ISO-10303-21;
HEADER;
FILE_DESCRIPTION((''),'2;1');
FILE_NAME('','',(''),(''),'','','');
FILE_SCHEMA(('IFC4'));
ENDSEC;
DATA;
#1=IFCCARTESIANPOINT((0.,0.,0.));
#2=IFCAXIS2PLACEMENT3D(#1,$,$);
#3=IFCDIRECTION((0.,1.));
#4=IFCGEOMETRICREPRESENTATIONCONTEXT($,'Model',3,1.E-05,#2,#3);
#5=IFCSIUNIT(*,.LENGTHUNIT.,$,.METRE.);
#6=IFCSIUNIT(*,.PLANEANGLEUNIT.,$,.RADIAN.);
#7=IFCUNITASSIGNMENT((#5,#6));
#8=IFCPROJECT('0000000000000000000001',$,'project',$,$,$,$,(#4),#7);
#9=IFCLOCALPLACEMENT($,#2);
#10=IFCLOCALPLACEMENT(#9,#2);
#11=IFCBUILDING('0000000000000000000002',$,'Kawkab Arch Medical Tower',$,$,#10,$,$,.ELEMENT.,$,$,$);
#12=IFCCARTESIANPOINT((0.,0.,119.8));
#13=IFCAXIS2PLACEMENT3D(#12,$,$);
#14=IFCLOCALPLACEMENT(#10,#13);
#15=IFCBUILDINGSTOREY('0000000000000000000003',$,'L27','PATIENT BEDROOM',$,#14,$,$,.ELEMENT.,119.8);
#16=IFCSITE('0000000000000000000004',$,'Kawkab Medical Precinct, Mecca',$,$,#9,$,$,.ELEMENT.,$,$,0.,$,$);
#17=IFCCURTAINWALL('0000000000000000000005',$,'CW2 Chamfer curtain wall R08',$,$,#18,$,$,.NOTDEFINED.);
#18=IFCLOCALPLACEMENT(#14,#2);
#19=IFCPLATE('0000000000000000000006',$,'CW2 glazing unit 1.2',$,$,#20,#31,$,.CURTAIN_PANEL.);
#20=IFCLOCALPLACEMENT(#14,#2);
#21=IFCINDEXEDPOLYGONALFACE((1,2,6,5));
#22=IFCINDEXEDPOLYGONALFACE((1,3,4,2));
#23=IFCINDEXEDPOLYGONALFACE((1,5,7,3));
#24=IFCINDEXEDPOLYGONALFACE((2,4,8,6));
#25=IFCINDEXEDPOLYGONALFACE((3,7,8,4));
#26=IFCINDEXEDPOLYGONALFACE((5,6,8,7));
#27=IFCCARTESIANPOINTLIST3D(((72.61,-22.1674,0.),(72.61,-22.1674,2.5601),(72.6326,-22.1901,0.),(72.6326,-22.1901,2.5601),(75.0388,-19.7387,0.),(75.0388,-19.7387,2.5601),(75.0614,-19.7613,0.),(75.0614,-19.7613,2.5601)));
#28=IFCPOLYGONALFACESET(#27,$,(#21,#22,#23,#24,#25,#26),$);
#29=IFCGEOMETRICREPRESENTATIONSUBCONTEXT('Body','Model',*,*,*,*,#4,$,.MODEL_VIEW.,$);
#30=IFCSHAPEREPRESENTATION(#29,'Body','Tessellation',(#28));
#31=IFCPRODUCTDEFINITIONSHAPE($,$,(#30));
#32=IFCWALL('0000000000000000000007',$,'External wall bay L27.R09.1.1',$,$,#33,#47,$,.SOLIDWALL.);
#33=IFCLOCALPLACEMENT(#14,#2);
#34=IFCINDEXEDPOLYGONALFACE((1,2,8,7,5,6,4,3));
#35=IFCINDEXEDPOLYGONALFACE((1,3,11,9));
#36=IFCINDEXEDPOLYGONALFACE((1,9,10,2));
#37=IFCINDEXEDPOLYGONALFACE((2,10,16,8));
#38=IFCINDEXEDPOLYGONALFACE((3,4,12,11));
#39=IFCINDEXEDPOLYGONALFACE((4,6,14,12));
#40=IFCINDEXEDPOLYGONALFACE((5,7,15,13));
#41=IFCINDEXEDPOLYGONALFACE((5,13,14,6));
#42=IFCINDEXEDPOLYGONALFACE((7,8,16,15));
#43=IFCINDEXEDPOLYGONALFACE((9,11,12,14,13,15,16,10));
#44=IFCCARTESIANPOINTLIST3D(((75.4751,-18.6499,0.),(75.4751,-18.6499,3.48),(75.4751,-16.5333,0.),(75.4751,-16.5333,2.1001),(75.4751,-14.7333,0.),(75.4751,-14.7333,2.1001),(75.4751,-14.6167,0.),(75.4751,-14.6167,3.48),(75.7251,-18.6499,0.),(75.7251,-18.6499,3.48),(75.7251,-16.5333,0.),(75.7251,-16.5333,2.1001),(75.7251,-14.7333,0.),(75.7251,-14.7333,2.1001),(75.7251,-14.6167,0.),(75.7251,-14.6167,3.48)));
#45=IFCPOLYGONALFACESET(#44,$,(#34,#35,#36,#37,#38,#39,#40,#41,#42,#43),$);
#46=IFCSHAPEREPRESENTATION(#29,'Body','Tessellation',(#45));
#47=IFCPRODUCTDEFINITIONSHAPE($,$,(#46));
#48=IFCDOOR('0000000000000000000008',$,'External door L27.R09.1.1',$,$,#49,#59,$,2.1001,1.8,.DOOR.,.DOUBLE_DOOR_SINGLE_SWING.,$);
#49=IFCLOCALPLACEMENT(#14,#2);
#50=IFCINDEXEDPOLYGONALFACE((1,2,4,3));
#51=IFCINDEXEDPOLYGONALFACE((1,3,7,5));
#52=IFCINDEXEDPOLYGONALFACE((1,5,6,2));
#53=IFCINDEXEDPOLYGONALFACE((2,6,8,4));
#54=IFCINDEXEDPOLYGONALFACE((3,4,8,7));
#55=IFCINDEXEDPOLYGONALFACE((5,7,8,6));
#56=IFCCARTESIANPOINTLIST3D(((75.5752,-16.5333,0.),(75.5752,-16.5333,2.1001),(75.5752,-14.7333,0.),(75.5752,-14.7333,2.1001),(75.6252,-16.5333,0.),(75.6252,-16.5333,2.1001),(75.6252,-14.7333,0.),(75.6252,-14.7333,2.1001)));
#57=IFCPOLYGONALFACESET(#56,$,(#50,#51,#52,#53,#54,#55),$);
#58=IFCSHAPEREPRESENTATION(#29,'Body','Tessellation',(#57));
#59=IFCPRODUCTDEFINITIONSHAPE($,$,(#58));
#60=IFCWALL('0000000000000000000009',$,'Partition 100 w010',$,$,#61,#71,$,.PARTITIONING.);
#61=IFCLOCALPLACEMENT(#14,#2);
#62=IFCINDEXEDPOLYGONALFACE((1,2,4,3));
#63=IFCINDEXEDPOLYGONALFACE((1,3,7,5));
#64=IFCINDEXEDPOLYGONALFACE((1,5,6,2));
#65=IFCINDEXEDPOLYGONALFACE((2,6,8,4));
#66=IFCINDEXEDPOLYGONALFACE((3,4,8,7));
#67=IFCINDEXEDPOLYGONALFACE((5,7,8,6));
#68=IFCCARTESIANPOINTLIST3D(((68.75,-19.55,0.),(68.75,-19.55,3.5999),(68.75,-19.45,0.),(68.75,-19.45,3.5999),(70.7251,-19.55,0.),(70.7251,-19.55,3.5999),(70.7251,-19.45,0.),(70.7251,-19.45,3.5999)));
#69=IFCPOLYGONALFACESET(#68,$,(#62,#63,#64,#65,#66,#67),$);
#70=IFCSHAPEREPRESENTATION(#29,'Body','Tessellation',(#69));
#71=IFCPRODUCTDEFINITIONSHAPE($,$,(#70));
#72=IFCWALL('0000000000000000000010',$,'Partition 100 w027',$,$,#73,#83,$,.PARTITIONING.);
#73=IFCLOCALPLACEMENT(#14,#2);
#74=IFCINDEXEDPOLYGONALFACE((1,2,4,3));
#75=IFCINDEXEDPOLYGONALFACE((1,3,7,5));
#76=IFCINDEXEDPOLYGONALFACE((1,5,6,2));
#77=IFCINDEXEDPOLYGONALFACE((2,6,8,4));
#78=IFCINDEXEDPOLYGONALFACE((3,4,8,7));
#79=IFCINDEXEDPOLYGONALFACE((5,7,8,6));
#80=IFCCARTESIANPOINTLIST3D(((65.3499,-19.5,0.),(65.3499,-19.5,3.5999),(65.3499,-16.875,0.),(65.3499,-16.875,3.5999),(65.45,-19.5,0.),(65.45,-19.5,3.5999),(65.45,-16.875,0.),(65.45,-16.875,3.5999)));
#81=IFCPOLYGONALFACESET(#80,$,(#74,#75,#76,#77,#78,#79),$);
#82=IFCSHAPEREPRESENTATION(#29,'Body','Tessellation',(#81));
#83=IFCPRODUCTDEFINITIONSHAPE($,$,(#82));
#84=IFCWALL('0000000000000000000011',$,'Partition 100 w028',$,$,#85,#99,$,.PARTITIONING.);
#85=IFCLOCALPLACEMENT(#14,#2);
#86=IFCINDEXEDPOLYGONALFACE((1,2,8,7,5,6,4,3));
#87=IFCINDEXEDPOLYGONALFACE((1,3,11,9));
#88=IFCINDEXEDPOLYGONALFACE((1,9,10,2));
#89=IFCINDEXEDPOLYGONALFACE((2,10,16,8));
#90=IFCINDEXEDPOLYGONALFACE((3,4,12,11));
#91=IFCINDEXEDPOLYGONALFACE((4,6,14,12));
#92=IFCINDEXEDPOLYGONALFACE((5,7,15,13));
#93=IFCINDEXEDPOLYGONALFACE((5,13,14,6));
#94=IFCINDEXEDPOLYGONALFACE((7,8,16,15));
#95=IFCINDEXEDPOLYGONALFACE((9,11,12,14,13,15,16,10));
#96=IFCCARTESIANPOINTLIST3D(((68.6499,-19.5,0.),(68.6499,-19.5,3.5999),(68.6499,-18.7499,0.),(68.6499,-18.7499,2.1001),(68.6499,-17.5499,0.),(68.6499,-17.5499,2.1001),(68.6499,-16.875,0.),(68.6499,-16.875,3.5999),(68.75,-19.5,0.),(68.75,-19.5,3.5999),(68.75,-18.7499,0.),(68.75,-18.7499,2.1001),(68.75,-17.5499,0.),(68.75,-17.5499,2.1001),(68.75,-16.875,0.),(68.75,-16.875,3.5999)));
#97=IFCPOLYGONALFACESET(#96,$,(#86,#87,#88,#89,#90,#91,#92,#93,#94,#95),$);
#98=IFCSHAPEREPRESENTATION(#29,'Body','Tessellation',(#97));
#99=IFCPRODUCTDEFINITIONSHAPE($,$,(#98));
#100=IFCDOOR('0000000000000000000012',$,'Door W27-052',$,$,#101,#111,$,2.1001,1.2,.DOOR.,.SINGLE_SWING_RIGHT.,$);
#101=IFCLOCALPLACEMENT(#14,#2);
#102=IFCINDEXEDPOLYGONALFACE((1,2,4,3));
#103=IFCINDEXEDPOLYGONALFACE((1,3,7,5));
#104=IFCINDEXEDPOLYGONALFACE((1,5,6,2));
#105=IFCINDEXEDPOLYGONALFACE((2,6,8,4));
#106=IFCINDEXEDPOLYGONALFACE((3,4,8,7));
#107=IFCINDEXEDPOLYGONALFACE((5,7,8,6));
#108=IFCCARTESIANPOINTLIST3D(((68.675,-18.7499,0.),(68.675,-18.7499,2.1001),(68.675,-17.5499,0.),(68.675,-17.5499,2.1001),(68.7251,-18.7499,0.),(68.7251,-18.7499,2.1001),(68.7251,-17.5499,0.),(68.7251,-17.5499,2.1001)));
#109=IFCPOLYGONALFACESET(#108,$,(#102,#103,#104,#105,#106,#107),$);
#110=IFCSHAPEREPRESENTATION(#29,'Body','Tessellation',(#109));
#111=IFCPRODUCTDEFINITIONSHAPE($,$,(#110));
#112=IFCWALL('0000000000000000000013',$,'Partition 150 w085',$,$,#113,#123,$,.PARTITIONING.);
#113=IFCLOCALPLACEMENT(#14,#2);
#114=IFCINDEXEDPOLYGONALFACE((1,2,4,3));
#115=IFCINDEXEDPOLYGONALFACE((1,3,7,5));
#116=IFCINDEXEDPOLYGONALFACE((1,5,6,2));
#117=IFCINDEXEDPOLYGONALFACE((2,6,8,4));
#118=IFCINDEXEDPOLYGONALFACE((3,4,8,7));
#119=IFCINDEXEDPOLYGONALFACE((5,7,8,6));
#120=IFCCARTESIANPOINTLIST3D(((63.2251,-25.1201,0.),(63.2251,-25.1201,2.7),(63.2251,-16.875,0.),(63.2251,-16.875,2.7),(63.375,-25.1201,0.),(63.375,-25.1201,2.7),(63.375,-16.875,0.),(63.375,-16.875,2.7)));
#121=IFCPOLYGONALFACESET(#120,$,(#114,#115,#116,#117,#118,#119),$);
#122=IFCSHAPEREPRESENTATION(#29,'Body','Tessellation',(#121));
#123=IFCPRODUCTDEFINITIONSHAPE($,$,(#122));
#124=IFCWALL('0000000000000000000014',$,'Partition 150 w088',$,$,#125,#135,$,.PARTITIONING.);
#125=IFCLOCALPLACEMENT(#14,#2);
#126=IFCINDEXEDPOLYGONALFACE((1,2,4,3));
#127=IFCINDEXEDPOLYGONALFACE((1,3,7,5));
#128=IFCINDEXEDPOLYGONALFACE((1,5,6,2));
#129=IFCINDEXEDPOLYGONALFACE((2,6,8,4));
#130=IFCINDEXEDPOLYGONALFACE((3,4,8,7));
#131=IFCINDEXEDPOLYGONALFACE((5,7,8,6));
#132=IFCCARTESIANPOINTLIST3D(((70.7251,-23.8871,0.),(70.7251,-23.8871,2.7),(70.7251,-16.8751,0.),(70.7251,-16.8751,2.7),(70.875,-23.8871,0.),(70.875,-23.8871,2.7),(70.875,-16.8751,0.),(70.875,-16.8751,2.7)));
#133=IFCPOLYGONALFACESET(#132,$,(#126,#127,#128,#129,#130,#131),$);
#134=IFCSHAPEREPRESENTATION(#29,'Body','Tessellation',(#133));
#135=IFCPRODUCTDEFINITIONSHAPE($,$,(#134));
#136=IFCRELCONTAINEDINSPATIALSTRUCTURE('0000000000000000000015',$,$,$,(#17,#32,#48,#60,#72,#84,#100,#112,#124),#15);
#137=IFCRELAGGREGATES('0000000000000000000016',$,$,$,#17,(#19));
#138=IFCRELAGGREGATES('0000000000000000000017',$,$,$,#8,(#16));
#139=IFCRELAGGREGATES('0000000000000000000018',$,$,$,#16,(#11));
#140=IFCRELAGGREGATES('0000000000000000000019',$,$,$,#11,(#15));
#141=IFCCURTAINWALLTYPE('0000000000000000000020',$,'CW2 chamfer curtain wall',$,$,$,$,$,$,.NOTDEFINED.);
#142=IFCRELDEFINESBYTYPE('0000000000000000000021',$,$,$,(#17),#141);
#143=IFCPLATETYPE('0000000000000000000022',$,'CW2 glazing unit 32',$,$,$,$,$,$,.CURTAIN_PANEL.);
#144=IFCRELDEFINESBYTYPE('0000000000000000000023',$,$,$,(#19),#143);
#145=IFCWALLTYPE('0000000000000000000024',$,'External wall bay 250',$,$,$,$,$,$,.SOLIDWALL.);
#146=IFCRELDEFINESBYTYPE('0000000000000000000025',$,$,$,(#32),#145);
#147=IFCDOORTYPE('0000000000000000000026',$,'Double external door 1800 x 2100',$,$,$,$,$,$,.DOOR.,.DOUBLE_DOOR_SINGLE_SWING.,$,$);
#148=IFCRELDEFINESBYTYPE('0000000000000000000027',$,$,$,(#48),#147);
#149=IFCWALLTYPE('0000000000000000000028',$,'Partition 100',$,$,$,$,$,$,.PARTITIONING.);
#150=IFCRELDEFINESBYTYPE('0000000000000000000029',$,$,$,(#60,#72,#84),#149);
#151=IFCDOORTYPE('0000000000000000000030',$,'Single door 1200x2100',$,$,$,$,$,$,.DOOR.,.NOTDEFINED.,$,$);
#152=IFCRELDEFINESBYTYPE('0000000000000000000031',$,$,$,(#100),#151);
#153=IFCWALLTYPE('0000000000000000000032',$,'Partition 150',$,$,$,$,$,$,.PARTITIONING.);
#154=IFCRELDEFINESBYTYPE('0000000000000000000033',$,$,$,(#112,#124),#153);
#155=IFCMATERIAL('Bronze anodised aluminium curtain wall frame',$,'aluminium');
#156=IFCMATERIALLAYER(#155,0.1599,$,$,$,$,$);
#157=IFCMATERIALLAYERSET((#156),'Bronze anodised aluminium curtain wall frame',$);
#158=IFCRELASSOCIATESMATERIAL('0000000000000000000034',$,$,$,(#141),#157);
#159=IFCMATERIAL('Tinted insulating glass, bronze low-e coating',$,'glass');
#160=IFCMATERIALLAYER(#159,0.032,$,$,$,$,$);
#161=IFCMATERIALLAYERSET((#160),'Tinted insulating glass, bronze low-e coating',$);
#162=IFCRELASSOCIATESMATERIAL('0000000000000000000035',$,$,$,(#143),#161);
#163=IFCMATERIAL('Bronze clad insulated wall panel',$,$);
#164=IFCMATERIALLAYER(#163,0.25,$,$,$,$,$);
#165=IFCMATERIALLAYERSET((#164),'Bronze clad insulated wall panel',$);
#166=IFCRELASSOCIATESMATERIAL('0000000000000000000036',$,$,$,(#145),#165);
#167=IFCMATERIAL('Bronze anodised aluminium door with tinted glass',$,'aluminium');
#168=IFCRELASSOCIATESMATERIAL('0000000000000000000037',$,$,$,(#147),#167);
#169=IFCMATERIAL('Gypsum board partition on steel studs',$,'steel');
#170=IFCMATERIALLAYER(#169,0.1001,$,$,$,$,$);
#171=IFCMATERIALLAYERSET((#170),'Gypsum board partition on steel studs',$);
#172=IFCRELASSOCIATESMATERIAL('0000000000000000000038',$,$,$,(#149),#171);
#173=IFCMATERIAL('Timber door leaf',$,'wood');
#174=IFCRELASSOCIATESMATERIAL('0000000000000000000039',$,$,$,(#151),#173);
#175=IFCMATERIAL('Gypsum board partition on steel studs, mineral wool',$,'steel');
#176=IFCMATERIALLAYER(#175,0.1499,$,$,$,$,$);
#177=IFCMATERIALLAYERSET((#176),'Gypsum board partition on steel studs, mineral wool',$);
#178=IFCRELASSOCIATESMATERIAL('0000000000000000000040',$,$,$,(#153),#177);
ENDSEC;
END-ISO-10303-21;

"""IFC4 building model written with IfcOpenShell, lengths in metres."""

from ifc_helpers import new_model, si_unit, direction, frame, frame_2d, origin, origin_2d, place, context, subcontext, project, spatial, rectangle, extrude, material, layer, layer_set, type_object, element, fill, aggregate, save


model = new_model("IFC4")

# Units and contexts
model_context = context("Model", 3, precision=1e-05, world=origin(), true_north=direction((0.0, 1.0)))
body_context = subcontext(model_context, "Body", "Model", "MODEL_VIEW")
ifc_project = project(units=[si_unit("LENGTHUNIT", "METRE"), si_unit("PLANEANGLEUNIT", "RADIAN")], contexts=[model_context])

# Site, building, storey
site_placement = place(None, origin())
site = spatial("IfcSite", under=ifc_project, at=site_placement, Name="Kawkab Medical Precinct, Mecca", CompositionType="ELEMENT", RefElevation=0.0)
building_placement = place(site_placement, origin())
building = spatial("IfcBuilding", under=site, at=building_placement, Name="Kawkab Arch Medical Tower", CompositionType="ELEMENT")
storey_placement = place(building_placement, frame((0.0, 0.0, 119.8)))
storey = spatial("IfcBuildingStorey", under=building, at=storey_placement, Name="L27", Description="PATIENT BEDROOM", CompositionType="ELEMENT", Elevation=119.8)

# Shared definitions
placement = place(storey_placement, origin())

# Curtain wall
ifc_material_1 = material(Name="Bronze anodised aluminium curtain wall frame", Category="aluminium")
ifc_layer_1 = layer(ifc_material_1, 0.1599)
ifc_layer_set_1 = layer_set([ifc_layer_1], Name="Bronze anodised aluminium curtain wall frame")
curtain_wall_type_1 = type_object("IfcCurtainWallType", Name="CW2 chamfer curtain wall", PredefinedType="NOTDEFINED", material=ifc_layer_set_1)
curtain_wall_1 = element("IfcCurtainWall", 1, at=placement, inside=storey, type_object=curtain_wall_type_1, Name="CW2 Chamfer curtain wall R08", PredefinedType="NOTDEFINED")

# Plate
ifc_material_2 = material(Name="Tinted insulating glass, bronze low-e coating", Category="glass")
ifc_layer_2 = layer(ifc_material_2, 0.032)
ifc_layer_set_2 = layer_set([ifc_layer_2], Name="Tinted insulating glass, bronze low-e coating")
plate_type_1 = type_object("IfcPlateType", Name="CW2 glazing unit 32", PredefinedType="CURTAIN_PANEL", material=ifc_layer_set_2)
plate_1_placement = place(storey_placement, frame((73.8357, -20.9644, 0.0), z_axis=(0.0, 0.0, 1.0), x_axis=(0.707107, 0.707107, 0.0)))
plate_1 = element("IfcPlate", 2, at=plate_1_placement, type_object=plate_type_1, Name="CW2 glazing unit 1.2", PredefinedType="CURTAIN_PANEL", context=body_context, shape_type="SweptSolid", body=[
    extrude(rectangle(XDim=3.4348, YDim=0.032, at=origin_2d()), origin(), (0.0, 0.0, 1.0), 2.5601),
])
aggregate(curtain_wall_1, [plate_1])

# Wall, opening, door
ifc_material_3 = material(Name="Bronze clad insulated wall panel")
ifc_layer_3 = layer(ifc_material_3, 0.25)
ifc_layer_set_3 = layer_set([ifc_layer_3], Name="Bronze clad insulated wall panel")
wall_type_1 = type_object("IfcWallType", Name="External wall bay 250", PredefinedType="SOLIDWALL", material=ifc_layer_set_3)
wall_1_placement = place(storey_placement, frame((75.6001, -18.6499, 0.0), z_axis=(0.0, 0.0, 1.0), x_axis=(0.0, 1.0, 0.0)))
wall_1 = element("IfcWall", 3, at=wall_1_placement, inside=storey, type_object=wall_type_1, Name="External wall bay L27.R09.1.1", PredefinedType="SOLIDWALL", context=body_context, shape_type="SweptSolid", body=[
    extrude(rectangle(XDim=4.0332, YDim=0.25, at=frame_2d((2.0166, 0.0))), origin(), (0.0, 0.0, 1.0), 3.48),
])
opening_1_placement = place(wall_1_placement, frame((2.1167, 0.0, 0.0)))
opening_1 = element("IfcOpeningElement", 4, at=opening_1_placement, cuts=wall_1, PredefinedType="OPENING", context=body_context, shape_type="SweptSolid", body=[
    extrude(rectangle(XDim=1.8, YDim=2.1001, at=frame_2d((0.8999, 1.05))), frame((0.0, 0.135, 0.0), z_axis=(0.0, -1.0, 0.0), x_axis=(1.0, 0.0, 0.0)), (0.0, 0.0, 1.0), 0.27),
])
ifc_material_4 = material(Name="Bronze anodised aluminium door with tinted glass", Category="aluminium")
door_type_1 = type_object("IfcDoorType", Name="Double external door 1800 x 2100", OperationType="DOUBLE_DOOR_SINGLE_SWING", PredefinedType="DOOR", material=ifc_material_4)
door_1_placement = place(opening_1_placement, origin())
door_1 = element("IfcDoor", 5, at=door_1_placement, inside=storey, type_object=door_type_1, Name="External door L27.R09.1.1", OperationType="DOUBLE_DOOR_SINGLE_SWING", OverallHeight=2.1001, OverallWidth=1.8, PredefinedType="DOOR", context=body_context, shape_type="SweptSolid", body=[
    extrude(rectangle(XDim=1.8, YDim=2.1001, at=frame_2d((0.8999, 1.05))), frame((0.0, 0.0249, 0.0), z_axis=(0.0, -1.0, 0.0), x_axis=(1.0, 0.0, 0.0)), (0.0, 0.0, 1.0), 0.05),
])
fill(opening_1, door_1)

# Walls
ifc_material_5 = material(Name="Gypsum board partition on steel studs", Category="steel")
ifc_layer_4 = layer(ifc_material_5, 0.1001)
ifc_layer_set_4 = layer_set([ifc_layer_4], Name="Gypsum board partition on steel studs")
wall_type_2 = type_object("IfcWallType", Name="Partition 100", PredefinedType="PARTITIONING", material=ifc_layer_set_4)
wall_2_placement = place(storey_placement, frame((68.75, -19.5, 0.0), z_axis=(0.0, 0.0, 1.0), x_axis=(1.0, 0.0, 0.0)))
element("IfcWall", 6, at=wall_2_placement, inside=storey, type_object=wall_type_2, Name="Partition 100 w010", PredefinedType="PARTITIONING", context=body_context, shape_type="SweptSolid", body=[
    extrude(rectangle(XDim=1.9751, YDim=0.1001, at=frame_2d((0.9875, 0.0))), origin(), (0.0, 0.0, 1.0), 3.5999),
])
wall_3_placement = place(storey_placement, frame((65.3999, -19.5, 0.0), z_axis=(0.0, 0.0, 1.0), x_axis=(0.0, 1.0, 0.0)))
element("IfcWall", 7, at=wall_3_placement, inside=storey, type_object=wall_type_2, Name="Partition 100 w027", PredefinedType="PARTITIONING", context=body_context, shape_type="SweptSolid", body=[
    extrude(rectangle(XDim=2.625, YDim=0.1001, at=frame_2d((1.3125, 0.0))), origin(), (0.0, 0.0, 1.0), 3.5999),
])

# Wall, opening, door
wall_4_placement = place(storey_placement, frame((68.7, -19.5, 0.0), z_axis=(0.0, 0.0, 1.0), x_axis=(0.0, 1.0, 0.0)))
wall_4 = element("IfcWall", 8, at=wall_4_placement, inside=storey, type_object=wall_type_2, Name="Partition 100 w028", PredefinedType="PARTITIONING", context=body_context, shape_type="SweptSolid", body=[
    extrude(rectangle(XDim=2.625, YDim=0.1001, at=frame_2d((1.3125, 0.0))), origin(), (0.0, 0.0, 1.0), 3.5999),
])
opening_2_placement = place(wall_4_placement, frame((0.75, 0.0, 0.0)))
opening_2 = element("IfcOpeningElement", 9, at=opening_2_placement, cuts=wall_4, PredefinedType="OPENING", context=body_context, shape_type="SweptSolid", body=[
    extrude(rectangle(XDim=1.2, YDim=2.1001, at=frame_2d((0.6001, 1.05))), frame((0.0, 0.0601, 0.0), z_axis=(0.0, -1.0, 0.0), x_axis=(1.0, 0.0, 0.0)), (0.0, 0.0, 1.0), 0.1201),
])
ifc_material_6 = material(Name="Timber door leaf", Category="wood")
door_type_2 = type_object("IfcDoorType", Name="Single door 1200x2100", OperationType="NOTDEFINED", PredefinedType="DOOR", material=ifc_material_6)
door_2_placement = place(opening_2_placement, origin())
door_2 = element("IfcDoor", 10, at=door_2_placement, inside=storey, type_object=door_type_2, Name="Door W27-052", OperationType="SINGLE_SWING_RIGHT", OverallHeight=2.1001, OverallWidth=1.2, PredefinedType="DOOR", context=body_context, shape_type="SweptSolid", body=[
    extrude(rectangle(XDim=1.2, YDim=2.1001, at=frame_2d((0.6001, 1.05))), frame((0.0, 0.0249, 0.0), z_axis=(0.0, -1.0, 0.0), x_axis=(1.0, 0.0, 0.0)), (0.0, 0.0, 1.0), 0.05),
])
fill(opening_2, door_2)

# Walls
ifc_material_7 = material(Name="Gypsum board partition on steel studs, mineral wool", Category="steel")
ifc_layer_5 = layer(ifc_material_7, 0.1499)
ifc_layer_set_5 = layer_set([ifc_layer_5], Name="Gypsum board partition on steel studs, mineral wool")
wall_type_3 = type_object("IfcWallType", Name="Partition 150", PredefinedType="PARTITIONING", material=ifc_layer_set_5)
wall_5_placement = place(storey_placement, frame((63.3, -25.1201, 0.0), z_axis=(0.0, 0.0, 1.0), x_axis=(0.0, 1.0, 0.0)))
element("IfcWall", 11, at=wall_5_placement, inside=storey, type_object=wall_type_3, Name="Partition 150 w085", PredefinedType="PARTITIONING", context=body_context, shape_type="SweptSolid", body=[
    extrude(rectangle(XDim=8.2451, YDim=0.1499, at=frame_2d((4.1226, 0.0))), origin(), (0.0, 0.0, 1.0), 2.7),
])
wall_6_placement = place(storey_placement, frame((70.8, -23.887, 0.0), z_axis=(0.0, 0.0, 1.0), x_axis=(0.0, 1.0, 0.0)))
element("IfcWall", 12, at=wall_6_placement, inside=storey, type_object=wall_type_3, Name="Partition 150 w088", PredefinedType="PARTITIONING", context=body_context, shape_type="SweptSolid", body=[
    extrude(rectangle(XDim=7.012, YDim=0.1499, at=frame_2d((3.5059, 0.0))), origin(), (0.0, 0.0, 1.0), 2.7),
])

save(model, "model.ifc")
